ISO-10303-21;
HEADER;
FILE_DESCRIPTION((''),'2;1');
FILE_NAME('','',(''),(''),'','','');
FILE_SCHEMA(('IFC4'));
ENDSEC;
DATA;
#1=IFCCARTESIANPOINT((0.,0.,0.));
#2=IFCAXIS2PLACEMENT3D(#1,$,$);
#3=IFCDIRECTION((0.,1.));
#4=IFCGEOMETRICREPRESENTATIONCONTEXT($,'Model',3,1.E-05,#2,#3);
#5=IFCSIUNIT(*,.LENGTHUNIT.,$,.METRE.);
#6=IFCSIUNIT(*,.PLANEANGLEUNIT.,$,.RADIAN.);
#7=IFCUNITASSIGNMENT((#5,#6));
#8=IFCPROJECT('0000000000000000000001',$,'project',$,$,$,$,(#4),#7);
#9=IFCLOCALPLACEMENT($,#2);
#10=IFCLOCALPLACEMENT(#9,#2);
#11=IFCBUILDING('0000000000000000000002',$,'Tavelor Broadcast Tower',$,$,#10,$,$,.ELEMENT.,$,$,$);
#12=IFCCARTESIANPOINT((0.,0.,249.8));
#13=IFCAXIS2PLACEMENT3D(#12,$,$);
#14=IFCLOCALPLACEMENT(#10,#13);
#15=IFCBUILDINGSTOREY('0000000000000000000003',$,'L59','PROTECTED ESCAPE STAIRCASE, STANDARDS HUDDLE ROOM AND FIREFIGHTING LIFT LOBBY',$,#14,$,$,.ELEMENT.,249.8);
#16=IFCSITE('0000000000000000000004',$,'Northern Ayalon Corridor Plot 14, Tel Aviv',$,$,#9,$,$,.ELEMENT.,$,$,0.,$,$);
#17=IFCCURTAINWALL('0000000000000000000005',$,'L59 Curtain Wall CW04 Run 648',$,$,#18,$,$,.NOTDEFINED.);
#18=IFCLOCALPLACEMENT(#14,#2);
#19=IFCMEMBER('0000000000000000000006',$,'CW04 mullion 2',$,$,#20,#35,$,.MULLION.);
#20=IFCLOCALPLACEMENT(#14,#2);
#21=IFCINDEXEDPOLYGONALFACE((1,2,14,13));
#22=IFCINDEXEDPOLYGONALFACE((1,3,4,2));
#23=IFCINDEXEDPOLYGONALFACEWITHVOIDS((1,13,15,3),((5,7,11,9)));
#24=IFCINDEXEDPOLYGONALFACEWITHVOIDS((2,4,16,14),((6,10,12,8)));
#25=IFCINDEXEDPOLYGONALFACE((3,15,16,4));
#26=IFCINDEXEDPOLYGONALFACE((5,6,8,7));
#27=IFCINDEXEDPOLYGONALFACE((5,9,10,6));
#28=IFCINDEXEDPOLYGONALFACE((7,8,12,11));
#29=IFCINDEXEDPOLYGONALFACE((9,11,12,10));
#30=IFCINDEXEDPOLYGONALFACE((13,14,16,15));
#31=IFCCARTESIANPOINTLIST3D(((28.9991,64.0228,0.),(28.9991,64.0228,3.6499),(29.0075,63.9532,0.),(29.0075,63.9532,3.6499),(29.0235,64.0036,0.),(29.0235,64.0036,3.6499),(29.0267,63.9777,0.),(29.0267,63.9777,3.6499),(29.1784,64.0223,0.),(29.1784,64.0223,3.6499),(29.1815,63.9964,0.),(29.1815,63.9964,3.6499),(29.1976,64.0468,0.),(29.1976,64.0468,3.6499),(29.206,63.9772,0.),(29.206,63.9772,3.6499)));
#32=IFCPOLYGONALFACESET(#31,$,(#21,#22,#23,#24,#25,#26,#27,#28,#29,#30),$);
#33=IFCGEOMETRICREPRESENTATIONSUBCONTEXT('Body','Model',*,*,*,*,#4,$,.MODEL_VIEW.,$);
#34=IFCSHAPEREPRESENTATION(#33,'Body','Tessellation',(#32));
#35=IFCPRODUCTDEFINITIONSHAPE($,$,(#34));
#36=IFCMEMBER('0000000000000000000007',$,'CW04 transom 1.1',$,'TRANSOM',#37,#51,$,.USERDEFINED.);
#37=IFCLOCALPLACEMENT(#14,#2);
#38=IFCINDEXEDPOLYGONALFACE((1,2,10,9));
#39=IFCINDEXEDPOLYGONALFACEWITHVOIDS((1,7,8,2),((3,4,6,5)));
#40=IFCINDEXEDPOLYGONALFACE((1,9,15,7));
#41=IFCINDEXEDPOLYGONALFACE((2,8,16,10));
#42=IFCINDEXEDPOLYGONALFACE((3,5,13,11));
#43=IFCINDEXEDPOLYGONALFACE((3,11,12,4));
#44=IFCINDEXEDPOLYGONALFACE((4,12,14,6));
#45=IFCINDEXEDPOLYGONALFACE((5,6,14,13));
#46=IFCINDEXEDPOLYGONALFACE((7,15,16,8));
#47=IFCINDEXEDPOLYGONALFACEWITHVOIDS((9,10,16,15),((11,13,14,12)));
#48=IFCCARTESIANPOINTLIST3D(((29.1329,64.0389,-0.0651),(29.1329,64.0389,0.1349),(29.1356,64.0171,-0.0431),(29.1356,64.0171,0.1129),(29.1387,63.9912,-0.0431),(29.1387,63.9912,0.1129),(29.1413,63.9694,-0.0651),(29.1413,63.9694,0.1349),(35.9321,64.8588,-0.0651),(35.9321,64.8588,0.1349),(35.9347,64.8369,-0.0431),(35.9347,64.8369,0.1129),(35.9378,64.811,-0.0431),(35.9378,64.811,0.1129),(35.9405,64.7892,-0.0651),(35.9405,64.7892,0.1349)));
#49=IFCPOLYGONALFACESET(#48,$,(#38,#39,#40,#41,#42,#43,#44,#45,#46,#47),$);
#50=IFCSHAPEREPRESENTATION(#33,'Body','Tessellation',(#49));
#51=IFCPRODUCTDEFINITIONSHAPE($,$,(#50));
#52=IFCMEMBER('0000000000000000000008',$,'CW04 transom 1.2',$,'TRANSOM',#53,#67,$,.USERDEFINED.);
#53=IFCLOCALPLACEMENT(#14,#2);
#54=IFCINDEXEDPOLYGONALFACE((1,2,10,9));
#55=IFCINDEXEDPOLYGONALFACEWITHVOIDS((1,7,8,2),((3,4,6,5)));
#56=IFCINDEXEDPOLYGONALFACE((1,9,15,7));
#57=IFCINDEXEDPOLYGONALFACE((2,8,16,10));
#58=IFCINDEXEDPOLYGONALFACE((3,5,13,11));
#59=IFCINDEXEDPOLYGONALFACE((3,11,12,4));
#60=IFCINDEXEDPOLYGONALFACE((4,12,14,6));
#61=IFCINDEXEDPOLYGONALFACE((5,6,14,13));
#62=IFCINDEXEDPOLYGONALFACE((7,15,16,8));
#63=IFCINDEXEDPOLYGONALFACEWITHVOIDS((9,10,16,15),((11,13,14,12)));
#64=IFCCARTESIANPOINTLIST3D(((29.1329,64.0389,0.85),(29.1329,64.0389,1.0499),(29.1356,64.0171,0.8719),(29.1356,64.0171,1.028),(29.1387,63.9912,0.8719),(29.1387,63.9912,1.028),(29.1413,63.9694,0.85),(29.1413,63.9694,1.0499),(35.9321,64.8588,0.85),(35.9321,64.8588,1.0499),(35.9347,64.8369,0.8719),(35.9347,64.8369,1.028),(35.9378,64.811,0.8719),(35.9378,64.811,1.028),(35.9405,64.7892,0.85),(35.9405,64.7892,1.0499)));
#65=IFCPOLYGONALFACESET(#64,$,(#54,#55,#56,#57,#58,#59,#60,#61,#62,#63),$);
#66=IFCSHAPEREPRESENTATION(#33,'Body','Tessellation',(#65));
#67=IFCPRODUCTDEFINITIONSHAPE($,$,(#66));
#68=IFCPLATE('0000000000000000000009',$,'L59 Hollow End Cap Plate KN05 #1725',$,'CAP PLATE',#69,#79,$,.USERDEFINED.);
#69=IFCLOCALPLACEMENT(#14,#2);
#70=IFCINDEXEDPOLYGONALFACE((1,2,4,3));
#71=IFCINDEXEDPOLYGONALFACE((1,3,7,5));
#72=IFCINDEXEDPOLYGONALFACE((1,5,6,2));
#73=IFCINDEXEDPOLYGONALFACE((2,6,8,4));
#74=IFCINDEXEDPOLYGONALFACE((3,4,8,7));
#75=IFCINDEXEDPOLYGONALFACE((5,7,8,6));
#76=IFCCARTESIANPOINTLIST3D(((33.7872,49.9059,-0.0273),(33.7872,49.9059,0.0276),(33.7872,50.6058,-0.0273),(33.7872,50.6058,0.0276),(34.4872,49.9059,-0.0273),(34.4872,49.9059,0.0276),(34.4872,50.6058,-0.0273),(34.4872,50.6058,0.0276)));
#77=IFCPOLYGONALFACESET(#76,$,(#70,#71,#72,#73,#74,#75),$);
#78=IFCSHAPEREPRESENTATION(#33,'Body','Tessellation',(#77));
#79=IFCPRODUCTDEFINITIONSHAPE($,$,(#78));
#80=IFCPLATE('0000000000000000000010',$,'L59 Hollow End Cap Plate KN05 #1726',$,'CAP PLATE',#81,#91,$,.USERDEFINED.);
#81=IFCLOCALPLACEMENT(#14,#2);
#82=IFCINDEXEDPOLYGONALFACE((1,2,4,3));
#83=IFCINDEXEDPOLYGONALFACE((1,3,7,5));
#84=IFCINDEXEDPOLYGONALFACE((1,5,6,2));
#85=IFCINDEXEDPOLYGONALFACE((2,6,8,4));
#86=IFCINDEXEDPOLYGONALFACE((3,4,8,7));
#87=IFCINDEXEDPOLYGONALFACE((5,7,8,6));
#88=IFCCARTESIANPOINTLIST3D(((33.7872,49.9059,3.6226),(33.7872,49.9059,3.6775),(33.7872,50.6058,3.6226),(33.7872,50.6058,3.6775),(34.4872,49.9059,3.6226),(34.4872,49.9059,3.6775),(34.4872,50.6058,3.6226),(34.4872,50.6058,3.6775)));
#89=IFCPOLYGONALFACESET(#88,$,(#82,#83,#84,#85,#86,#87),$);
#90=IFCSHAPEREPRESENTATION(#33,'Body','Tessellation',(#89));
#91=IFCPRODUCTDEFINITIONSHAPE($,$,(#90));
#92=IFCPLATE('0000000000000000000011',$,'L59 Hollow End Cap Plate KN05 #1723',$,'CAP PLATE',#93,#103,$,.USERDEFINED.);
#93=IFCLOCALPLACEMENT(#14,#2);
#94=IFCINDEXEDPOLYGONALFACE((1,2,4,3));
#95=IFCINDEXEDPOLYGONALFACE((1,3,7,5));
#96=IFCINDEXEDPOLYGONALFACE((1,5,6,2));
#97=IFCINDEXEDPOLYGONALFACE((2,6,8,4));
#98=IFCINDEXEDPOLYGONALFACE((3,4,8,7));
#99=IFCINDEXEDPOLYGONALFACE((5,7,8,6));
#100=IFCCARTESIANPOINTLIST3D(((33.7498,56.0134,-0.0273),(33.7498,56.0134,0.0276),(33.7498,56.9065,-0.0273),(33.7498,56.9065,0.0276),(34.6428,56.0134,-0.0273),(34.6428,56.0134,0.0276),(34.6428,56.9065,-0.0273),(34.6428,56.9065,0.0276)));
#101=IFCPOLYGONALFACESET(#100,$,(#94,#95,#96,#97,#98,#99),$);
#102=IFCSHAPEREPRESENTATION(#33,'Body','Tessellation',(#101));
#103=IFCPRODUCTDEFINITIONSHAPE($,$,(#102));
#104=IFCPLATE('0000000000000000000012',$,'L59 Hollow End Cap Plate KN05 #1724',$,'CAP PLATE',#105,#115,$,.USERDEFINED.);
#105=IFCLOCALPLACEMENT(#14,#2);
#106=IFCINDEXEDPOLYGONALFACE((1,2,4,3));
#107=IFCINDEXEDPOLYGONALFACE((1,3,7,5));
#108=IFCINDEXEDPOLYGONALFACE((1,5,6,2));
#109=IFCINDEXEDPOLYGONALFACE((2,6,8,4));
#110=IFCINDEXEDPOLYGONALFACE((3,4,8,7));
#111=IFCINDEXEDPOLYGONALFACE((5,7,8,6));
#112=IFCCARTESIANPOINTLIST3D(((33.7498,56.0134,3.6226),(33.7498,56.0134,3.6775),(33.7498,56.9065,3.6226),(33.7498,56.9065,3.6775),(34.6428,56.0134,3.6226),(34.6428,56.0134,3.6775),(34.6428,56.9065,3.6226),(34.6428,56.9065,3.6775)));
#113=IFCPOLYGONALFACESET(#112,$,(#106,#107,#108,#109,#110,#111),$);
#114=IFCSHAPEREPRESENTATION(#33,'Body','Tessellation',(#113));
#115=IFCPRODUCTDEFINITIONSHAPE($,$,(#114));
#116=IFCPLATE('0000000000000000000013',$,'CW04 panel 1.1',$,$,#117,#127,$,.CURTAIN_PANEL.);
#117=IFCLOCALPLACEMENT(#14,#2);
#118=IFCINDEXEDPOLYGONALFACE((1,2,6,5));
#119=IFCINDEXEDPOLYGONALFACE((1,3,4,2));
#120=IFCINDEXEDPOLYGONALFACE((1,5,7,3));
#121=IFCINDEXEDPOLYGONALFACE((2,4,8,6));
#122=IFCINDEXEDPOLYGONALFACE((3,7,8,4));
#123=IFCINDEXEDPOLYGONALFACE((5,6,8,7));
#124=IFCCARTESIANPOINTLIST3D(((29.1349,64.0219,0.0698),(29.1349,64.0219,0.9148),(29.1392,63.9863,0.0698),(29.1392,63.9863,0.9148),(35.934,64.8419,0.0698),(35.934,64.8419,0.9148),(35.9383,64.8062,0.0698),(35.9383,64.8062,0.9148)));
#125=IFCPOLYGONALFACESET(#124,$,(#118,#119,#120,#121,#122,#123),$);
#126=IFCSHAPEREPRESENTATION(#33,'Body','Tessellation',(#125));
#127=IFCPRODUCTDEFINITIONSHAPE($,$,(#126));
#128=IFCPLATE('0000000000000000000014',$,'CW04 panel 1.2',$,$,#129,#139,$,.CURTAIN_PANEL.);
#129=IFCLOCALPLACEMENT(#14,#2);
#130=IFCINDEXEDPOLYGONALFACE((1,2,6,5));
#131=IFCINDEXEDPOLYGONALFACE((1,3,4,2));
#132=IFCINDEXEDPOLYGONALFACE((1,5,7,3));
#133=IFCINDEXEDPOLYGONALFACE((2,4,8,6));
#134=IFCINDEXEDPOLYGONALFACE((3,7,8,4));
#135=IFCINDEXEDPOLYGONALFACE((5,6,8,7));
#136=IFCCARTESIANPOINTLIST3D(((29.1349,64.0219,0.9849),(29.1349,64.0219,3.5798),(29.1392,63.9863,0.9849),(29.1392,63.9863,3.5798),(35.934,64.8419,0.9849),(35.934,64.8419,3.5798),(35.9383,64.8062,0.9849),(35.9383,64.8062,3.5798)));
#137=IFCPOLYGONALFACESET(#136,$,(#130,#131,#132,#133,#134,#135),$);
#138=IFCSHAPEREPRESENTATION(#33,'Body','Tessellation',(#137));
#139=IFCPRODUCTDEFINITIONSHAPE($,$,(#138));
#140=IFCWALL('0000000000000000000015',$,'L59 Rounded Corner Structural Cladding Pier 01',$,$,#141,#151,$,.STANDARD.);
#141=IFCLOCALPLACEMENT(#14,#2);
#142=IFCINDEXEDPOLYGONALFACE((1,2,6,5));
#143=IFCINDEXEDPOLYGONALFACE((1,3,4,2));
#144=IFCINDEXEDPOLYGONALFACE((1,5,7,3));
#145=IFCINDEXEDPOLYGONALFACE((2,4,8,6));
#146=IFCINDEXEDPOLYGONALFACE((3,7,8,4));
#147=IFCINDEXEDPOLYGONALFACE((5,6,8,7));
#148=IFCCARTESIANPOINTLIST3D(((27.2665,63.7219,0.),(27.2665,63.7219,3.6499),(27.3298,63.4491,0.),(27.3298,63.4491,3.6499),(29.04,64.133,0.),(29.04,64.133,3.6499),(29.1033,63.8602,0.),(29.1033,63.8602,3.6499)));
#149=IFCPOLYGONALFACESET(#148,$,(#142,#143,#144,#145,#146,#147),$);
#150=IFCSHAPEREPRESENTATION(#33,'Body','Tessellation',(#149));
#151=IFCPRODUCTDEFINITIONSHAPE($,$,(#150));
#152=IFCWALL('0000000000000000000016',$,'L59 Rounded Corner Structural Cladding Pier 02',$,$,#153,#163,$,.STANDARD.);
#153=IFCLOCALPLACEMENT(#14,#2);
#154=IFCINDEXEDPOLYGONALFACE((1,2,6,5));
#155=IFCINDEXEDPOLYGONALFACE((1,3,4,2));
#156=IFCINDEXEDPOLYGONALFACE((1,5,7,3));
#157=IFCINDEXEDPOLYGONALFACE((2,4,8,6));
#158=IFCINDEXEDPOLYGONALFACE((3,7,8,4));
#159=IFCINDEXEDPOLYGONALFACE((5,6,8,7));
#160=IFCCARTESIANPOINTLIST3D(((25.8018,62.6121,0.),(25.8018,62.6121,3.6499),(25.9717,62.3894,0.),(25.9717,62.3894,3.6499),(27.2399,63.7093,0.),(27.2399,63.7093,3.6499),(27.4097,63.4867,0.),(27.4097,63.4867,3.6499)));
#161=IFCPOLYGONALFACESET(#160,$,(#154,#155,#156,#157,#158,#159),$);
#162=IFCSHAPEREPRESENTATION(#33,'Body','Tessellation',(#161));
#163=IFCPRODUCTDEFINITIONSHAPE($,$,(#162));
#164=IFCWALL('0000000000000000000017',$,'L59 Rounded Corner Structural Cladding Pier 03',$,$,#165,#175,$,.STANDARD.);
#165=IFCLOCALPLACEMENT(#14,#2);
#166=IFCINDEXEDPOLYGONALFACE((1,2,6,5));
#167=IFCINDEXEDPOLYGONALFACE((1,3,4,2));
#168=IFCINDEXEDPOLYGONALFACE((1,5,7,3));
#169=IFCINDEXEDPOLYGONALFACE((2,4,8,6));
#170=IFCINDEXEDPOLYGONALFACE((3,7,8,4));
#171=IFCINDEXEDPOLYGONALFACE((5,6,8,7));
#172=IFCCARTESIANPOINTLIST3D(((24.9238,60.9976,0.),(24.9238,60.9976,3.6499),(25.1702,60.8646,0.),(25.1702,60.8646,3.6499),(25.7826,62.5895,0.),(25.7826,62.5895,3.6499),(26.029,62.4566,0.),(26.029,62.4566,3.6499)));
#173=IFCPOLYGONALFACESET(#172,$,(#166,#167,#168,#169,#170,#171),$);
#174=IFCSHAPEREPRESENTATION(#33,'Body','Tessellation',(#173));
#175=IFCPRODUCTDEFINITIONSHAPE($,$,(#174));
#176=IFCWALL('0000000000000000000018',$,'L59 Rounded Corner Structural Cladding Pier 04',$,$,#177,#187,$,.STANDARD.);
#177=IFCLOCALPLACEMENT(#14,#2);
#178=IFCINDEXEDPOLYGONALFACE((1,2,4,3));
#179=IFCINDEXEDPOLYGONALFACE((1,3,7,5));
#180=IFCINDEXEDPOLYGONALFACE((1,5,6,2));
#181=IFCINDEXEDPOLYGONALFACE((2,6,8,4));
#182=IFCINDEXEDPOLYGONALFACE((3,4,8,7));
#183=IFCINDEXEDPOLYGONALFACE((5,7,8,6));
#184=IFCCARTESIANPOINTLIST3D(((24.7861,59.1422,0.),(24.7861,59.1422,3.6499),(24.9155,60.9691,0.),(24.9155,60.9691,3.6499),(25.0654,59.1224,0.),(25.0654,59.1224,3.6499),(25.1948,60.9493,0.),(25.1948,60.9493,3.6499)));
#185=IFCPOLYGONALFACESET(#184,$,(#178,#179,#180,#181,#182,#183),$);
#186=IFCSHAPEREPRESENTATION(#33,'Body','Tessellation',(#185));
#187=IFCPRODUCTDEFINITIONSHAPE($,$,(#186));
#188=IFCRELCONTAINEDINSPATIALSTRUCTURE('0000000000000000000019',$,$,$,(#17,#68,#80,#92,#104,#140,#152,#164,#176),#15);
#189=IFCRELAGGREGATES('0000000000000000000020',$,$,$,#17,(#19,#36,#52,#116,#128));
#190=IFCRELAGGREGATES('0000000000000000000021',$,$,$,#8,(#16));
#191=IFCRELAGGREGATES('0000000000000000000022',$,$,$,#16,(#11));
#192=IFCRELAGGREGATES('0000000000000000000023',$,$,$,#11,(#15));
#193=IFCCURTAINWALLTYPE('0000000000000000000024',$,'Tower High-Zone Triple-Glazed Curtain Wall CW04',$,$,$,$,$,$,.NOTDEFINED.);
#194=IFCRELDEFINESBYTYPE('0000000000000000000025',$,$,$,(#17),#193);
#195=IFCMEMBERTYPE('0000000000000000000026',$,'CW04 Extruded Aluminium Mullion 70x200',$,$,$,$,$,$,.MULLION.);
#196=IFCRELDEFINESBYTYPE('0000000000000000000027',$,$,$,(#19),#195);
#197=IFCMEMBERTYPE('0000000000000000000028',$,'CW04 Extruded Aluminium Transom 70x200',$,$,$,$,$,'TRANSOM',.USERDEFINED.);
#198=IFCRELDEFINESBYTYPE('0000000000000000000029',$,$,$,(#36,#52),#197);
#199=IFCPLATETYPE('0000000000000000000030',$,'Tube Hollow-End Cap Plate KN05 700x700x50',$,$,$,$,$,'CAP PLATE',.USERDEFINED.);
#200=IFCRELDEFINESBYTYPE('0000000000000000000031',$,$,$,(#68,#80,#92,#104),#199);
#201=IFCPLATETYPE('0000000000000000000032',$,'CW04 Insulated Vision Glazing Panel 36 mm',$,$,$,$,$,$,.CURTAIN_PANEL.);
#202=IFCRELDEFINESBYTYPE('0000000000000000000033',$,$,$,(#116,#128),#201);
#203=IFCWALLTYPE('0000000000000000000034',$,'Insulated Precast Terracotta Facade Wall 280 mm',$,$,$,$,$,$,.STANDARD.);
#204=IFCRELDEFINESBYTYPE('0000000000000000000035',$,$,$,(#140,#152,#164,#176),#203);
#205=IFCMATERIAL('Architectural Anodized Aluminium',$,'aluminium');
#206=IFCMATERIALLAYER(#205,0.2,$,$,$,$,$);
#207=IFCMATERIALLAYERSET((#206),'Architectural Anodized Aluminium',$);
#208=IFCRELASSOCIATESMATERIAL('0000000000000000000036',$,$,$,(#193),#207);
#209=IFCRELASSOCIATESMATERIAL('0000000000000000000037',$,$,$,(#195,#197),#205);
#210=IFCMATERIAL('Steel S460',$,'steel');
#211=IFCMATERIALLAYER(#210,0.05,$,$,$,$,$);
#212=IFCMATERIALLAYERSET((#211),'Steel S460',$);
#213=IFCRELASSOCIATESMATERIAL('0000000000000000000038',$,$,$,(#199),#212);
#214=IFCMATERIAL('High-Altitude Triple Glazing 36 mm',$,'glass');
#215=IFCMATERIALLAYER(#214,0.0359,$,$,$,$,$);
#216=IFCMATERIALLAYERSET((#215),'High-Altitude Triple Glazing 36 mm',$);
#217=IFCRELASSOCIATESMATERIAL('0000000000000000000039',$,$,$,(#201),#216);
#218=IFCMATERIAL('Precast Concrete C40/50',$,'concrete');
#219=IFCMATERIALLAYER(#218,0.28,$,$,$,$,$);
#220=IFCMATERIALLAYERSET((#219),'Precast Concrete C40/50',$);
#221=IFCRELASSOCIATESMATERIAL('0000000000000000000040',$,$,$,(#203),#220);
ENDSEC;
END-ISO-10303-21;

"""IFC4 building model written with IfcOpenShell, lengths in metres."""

from ifc_helpers import new_model, si_unit, direction, frame, frame_2d, origin, origin_2d, place, context, subcontext, project, spatial, rectangle, hollow_rectangle, extrude, source, transform, mapped, material, layer, layer_set, material_profile, profile_set, type_object, type_shapes, element, aggregate, save


model = new_model("IFC4")

# Units and contexts
model_context = context("Model", 3, precision=1e-05, world=origin(), true_north=direction((0.0, 1.0)))
body_context = subcontext(model_context, "Body", "Model", "MODEL_VIEW")
ifc_project = project(units=[si_unit("LENGTHUNIT", "METRE"), si_unit("PLANEANGLEUNIT", "RADIAN")], contexts=[model_context])

# Site, building, storey
site_placement = place(None, origin())
site = spatial("IfcSite", under=ifc_project, at=site_placement, Name="Northern Ayalon Corridor Plot 14, Tel Aviv", CompositionType="ELEMENT", RefElevation=0.0)
building_placement = place(site_placement, origin())
building = spatial("IfcBuilding", under=site, at=building_placement, Name="Tavelor Broadcast Tower", CompositionType="ELEMENT")
storey_placement = place(building_placement, frame((0.0, 0.0, 249.8)))
storey = spatial("IfcBuildingStorey", under=building, at=storey_placement, Name="L59", Description="PROTECTED ESCAPE STAIRCASE, STANDARDS HUDDLE ROOM AND FIREFIGHTING LIFT LOBBY", CompositionType="ELEMENT", Elevation=249.8)

# Shared definitions
ifc_material_1 = material(Name="Steel S460", Category="steel")

# Curtain wall, members
ifc_material_2 = material(Name="Architectural Anodized Aluminium", Category="aluminium")
ifc_layer_1 = layer(ifc_material_2, 0.2)
ifc_layer_set_1 = layer_set([ifc_layer_1], Name="Architectural Anodized Aluminium")
curtain_wall_type = type_object("IfcCurtainWallType", Name="Tower High-Zone Triple-Glazed Curtain Wall CW04", PredefinedType="NOTDEFINED", material=ifc_layer_set_1)
curtain_wall_placement = place(storey_placement, origin())
curtain_wall = element("IfcCurtainWall", 1, at=curtain_wall_placement, inside=storey, type_object=curtain_wall_type, Name="L59 Curtain Wall CW04 Run 648", PredefinedType="NOTDEFINED")
ifc_material_profile_1 = material_profile(ifc_material_2, hollow_rectangle(XDim=0.0701, YDim=0.2, WallThickness=0.022, at=origin_2d()), Name="RHS 70x200x22")
ifc_profile_set_1 = profile_set([ifc_material_profile_1], Name="Architectural Anodized Aluminium")
member_type_1 = type_object("IfcMemberType", Name="CW04 Extruded Aluminium Mullion 70x200", PredefinedType="MULLION", material=ifc_profile_set_1)
shared_shape_1 = source(origin(), body_context, "Body", "SweptSolid", [
    extrude(hollow_rectangle(XDim=0.0701, YDim=0.2, WallThickness=0.022, at=origin_2d()), origin(), (0.0, 0.0, 1.0), 3.6499),
])
type_shapes(member_type_1, [shared_shape_1])
member_1_placement = place(storey_placement, frame((29.1025, 64.0, 0.0), z_axis=(0.0, 0.0, 1.0), x_axis=(0.119729, -0.992807, 0.0)))
member_1 = element("IfcMember", 2, at=member_1_placement, type_object=member_type_1, Name="CW04 mullion 2", PredefinedType="MULLION", context=body_context, shape_type="MappedRepresentation", body=[
    mapped(shared_shape_1, transform((0.0, 0.0, 0.0), scale=1.0)),
])
ifc_material_profile_2 = material_profile(ifc_material_2, hollow_rectangle(XDim=0.0701, YDim=0.2, WallThickness=0.022, at=origin_2d()), Name="RHS 70x200x22")
ifc_profile_set_2 = profile_set([ifc_material_profile_2], Name="Architectural Anodized Aluminium")
member_type_2 = type_object("IfcMemberType", Name="CW04 Extruded Aluminium Transom 70x200", ElementType="TRANSOM", PredefinedType="USERDEFINED", material=ifc_profile_set_2)
shared_shape_2 = source(origin(), body_context, "Body", "SweptSolid", [
    extrude(hollow_rectangle(XDim=0.0701, YDim=0.2, WallThickness=0.022, at=origin_2d()), origin(), (0.0, 0.0, 1.0), 6.8484),
])
type_shapes(member_type_2, [shared_shape_2])
member_2_placement = place(storey_placement, frame((35.9363, 64.824, 0.0349), z_axis=(-0.992809, -0.119712, 0.0), x_axis=(0.119712, -0.992809, 0.0)))
member_2 = element("IfcMember", 3, at=member_2_placement, type_object=member_type_2, Name="CW04 transom 1.1", ObjectType="TRANSOM", PredefinedType="USERDEFINED", context=body_context, shape_type="MappedRepresentation", body=[
    mapped(shared_shape_2, transform((0.0, 0.0, 0.0), scale=1.0)),
])
member_3_placement = place(storey_placement, frame((35.9363, 64.824, 0.95), z_axis=(-0.992809, -0.119712, 0.0), x_axis=(0.119712, -0.992809, 0.0)))
member_3 = element("IfcMember", 4, at=member_3_placement, type_object=member_type_2, Name="CW04 transom 1.2", ObjectType="TRANSOM", PredefinedType="USERDEFINED", context=body_context, shape_type="MappedRepresentation", body=[
    mapped(shared_shape_2, transform((0.0, 0.0, 0.0), scale=1.0)),
])

# Plates
ifc_layer_2 = layer(ifc_material_1, 0.05)
ifc_layer_set_2 = layer_set([ifc_layer_2], Name="Steel S460")
plate_type_1 = type_object("IfcPlateType", Name="Tube Hollow-End Cap Plate KN05 700x700x50", ElementType="CAP PLATE", PredefinedType="USERDEFINED", material=ifc_layer_set_2)
shared_shape_3 = source(origin(), body_context, "Body", "SweptSolid", [
    extrude(rectangle(XDim=0.7, YDim=0.7, at=origin_2d()), origin(), (0.0, 0.0, 1.0), 0.0549),
])
for number, where, z_axis, x_axis, name in (
    (5, (34.1372, 50.2559, -0.0273), (0.0, 0.0, 1.0), (1.0, 0.0, 0.0), "L59 Hollow End Cap Plate KN05 #1725"),
    (6, (34.1372, 50.2559, 3.6226), (0.0, 0.0, 1.0), (1.0, 0.0, 0.0), "L59 Hollow End Cap Plate KN05 #1726"),
):
    element("IfcPlate", number, at=place(storey_placement, frame(where, z_axis=z_axis, x_axis=x_axis)), inside=storey, type_object=plate_type_1, Name=name, ObjectType="CAP PLATE", PredefinedType="USERDEFINED", context=body_context, shape_type="MappedRepresentation", body=[
        mapped(shared_shape_3, transform((0.0, 0.0, 0.0), scale=1.0)),
    ])
shared_shape_4 = source(origin(), body_context, "Body", "SweptSolid", [
    extrude(rectangle(XDim=0.8931, YDim=0.8931, at=origin_2d()), origin(), (0.0, 0.0, 1.0), 0.0549),
])
type_shapes(plate_type_1, [shared_shape_3, shared_shape_4])
for number, where, z_axis, x_axis, name in (
    (7, (34.1963, 56.46, -0.0273), (0.0, 0.0, 1.0), (1.0, 0.0, 0.0), "L59 Hollow End Cap Plate KN05 #1723"),
    (8, (34.1963, 56.46, 3.6226), (0.0, 0.0, 1.0), (1.0, 0.0, 0.0), "L59 Hollow End Cap Plate KN05 #1724"),
):
    element("IfcPlate", number, at=place(storey_placement, frame(where, z_axis=z_axis, x_axis=x_axis)), inside=storey, type_object=plate_type_1, Name=name, ObjectType="CAP PLATE", PredefinedType="USERDEFINED", context=body_context, shape_type="MappedRepresentation", body=[
        mapped(shared_shape_4, transform((0.0, 0.0, 0.0), scale=1.0)),
    ])

# Plates
ifc_material_3 = material(Name="High-Altitude Triple Glazing 36 mm", Category="glass")
ifc_layer_3 = layer(ifc_material_3, 0.0359)
ifc_layer_set_3 = layer_set([ifc_layer_3], Name="High-Altitude Triple Glazing 36 mm")
plate_type_2 = type_object("IfcPlateType", Name="CW04 Insulated Vision Glazing Panel 36 mm", PredefinedType="CURTAIN_PANEL", material=ifc_layer_set_3)
shared_shape_5 = source(origin(), body_context, "Body", "SweptSolid", [
    extrude(rectangle(XDim=6.8484, YDim=0.0359, at=origin_2d()), origin(), (0.0, 0.0, 1.0), 0.845),
])
plate_1_placement = place(storey_placement, frame((32.5366, 64.4141, 0.0698), z_axis=(0.0, 0.0, 1.0), x_axis=(-0.992807, -0.119729, 0.0)))
plate_1 = element("IfcPlate", 9, at=plate_1_placement, type_object=plate_type_2, Name="CW04 panel 1.1", PredefinedType="CURTAIN_PANEL", context=body_context, shape_type="MappedRepresentation", body=[
    mapped(shared_shape_5, transform((0.0, 0.0, 0.0), scale=1.0)),
])
shared_shape_6 = source(origin(), body_context, "Body", "SweptSolid", [
    extrude(rectangle(XDim=6.8484, YDim=0.0359, at=origin_2d()), origin(), (0.0, 0.0, 1.0), 2.595),
])
type_shapes(plate_type_2, [shared_shape_5, shared_shape_6])
plate_2_placement = place(storey_placement, frame((32.5366, 64.4141, 0.9849), z_axis=(0.0, 0.0, 1.0), x_axis=(-0.992807, -0.119729, 0.0)))
plate_2 = element("IfcPlate", 10, at=plate_2_placement, type_object=plate_type_2, Name="CW04 panel 1.2", PredefinedType="CURTAIN_PANEL", context=body_context, shape_type="MappedRepresentation", body=[
    mapped(shared_shape_6, transform((0.0, 0.0, 0.0), scale=1.0)),
])
aggregate(curtain_wall, [member_1, member_2, member_3, plate_1, plate_2])

# Walls
ifc_material_4 = material(Name="Precast Concrete C40/50", Category="concrete")
ifc_layer_4 = layer(ifc_material_4, 0.28)
ifc_layer_set_4 = layer_set([ifc_layer_4], Name="Precast Concrete C40/50")
wall_type_1 = type_object("IfcWallType", Name="Insulated Precast Terracotta Facade Wall 280 mm", PredefinedType="STANDARD", material=ifc_layer_set_4)
wall_1_placement = place(storey_placement, frame((29.0715, 63.9966, 0.0), z_axis=(0.0, 0.0, 1.0), x_axis=(-0.974165, -0.225839, 0.0)))
element("IfcWall", 11, at=wall_1_placement, inside=storey, type_object=wall_type_1, Name="L59 Rounded Corner Structural Cladding Pier 01", PredefinedType="STANDARD", context=body_context, shape_type="SweptSolid", body=[
    extrude(rectangle(XDim=1.8206, YDim=0.28, at=frame_2d((0.9102, 0.0))), origin(), (0.0, 0.0, 1.0), 3.6499),
])
for number, where, z_axis, x_axis, name in (
    (12, (27.3247, 63.5979, 0.0), (0.0, 0.0, 1.0), (-0.795016, -0.606588, 0.0), "L59 Rounded Corner Structural Cladding Pier 02"),
    (13, (25.9058, 62.5229, 0.0), (0.0, 0.0, 1.0), (-0.4748, -0.880094, 0.0), "L59 Rounded Corner Structural Cladding Pier 03"),
):
    element("IfcWall", number, at=place(storey_placement, frame(where, z_axis=z_axis, x_axis=x_axis)), inside=storey, type_object=wall_type_1, Name=name, PredefinedType="STANDARD", context=body_context, shape_type="SweptSolid", body=[
        extrude(rectangle(XDim=1.8088, YDim=0.28, at=frame_2d((0.9043, 0.0))), origin(), (0.0, 0.0, 1.0), 3.6499),
    ])
wall_2_placement = place(storey_placement, frame((25.0552, 60.9592, 0.0), z_axis=(0.0, 0.0, 1.0), x_axis=(-0.07065, -0.997501, 0.0)))
element("IfcWall", 14, at=wall_2_placement, inside=storey, type_object=wall_type_1, Name="L59 Rounded Corner Structural Cladding Pier 04", PredefinedType="STANDARD", context=body_context, shape_type="SweptSolid", body=[
    extrude(rectangle(XDim=1.8315, YDim=0.28, at=frame_2d((0.9158, 0.0))), origin(), (0.0, 0.0, 1.0), 3.6499),
])

save(model, "model.ifc")
